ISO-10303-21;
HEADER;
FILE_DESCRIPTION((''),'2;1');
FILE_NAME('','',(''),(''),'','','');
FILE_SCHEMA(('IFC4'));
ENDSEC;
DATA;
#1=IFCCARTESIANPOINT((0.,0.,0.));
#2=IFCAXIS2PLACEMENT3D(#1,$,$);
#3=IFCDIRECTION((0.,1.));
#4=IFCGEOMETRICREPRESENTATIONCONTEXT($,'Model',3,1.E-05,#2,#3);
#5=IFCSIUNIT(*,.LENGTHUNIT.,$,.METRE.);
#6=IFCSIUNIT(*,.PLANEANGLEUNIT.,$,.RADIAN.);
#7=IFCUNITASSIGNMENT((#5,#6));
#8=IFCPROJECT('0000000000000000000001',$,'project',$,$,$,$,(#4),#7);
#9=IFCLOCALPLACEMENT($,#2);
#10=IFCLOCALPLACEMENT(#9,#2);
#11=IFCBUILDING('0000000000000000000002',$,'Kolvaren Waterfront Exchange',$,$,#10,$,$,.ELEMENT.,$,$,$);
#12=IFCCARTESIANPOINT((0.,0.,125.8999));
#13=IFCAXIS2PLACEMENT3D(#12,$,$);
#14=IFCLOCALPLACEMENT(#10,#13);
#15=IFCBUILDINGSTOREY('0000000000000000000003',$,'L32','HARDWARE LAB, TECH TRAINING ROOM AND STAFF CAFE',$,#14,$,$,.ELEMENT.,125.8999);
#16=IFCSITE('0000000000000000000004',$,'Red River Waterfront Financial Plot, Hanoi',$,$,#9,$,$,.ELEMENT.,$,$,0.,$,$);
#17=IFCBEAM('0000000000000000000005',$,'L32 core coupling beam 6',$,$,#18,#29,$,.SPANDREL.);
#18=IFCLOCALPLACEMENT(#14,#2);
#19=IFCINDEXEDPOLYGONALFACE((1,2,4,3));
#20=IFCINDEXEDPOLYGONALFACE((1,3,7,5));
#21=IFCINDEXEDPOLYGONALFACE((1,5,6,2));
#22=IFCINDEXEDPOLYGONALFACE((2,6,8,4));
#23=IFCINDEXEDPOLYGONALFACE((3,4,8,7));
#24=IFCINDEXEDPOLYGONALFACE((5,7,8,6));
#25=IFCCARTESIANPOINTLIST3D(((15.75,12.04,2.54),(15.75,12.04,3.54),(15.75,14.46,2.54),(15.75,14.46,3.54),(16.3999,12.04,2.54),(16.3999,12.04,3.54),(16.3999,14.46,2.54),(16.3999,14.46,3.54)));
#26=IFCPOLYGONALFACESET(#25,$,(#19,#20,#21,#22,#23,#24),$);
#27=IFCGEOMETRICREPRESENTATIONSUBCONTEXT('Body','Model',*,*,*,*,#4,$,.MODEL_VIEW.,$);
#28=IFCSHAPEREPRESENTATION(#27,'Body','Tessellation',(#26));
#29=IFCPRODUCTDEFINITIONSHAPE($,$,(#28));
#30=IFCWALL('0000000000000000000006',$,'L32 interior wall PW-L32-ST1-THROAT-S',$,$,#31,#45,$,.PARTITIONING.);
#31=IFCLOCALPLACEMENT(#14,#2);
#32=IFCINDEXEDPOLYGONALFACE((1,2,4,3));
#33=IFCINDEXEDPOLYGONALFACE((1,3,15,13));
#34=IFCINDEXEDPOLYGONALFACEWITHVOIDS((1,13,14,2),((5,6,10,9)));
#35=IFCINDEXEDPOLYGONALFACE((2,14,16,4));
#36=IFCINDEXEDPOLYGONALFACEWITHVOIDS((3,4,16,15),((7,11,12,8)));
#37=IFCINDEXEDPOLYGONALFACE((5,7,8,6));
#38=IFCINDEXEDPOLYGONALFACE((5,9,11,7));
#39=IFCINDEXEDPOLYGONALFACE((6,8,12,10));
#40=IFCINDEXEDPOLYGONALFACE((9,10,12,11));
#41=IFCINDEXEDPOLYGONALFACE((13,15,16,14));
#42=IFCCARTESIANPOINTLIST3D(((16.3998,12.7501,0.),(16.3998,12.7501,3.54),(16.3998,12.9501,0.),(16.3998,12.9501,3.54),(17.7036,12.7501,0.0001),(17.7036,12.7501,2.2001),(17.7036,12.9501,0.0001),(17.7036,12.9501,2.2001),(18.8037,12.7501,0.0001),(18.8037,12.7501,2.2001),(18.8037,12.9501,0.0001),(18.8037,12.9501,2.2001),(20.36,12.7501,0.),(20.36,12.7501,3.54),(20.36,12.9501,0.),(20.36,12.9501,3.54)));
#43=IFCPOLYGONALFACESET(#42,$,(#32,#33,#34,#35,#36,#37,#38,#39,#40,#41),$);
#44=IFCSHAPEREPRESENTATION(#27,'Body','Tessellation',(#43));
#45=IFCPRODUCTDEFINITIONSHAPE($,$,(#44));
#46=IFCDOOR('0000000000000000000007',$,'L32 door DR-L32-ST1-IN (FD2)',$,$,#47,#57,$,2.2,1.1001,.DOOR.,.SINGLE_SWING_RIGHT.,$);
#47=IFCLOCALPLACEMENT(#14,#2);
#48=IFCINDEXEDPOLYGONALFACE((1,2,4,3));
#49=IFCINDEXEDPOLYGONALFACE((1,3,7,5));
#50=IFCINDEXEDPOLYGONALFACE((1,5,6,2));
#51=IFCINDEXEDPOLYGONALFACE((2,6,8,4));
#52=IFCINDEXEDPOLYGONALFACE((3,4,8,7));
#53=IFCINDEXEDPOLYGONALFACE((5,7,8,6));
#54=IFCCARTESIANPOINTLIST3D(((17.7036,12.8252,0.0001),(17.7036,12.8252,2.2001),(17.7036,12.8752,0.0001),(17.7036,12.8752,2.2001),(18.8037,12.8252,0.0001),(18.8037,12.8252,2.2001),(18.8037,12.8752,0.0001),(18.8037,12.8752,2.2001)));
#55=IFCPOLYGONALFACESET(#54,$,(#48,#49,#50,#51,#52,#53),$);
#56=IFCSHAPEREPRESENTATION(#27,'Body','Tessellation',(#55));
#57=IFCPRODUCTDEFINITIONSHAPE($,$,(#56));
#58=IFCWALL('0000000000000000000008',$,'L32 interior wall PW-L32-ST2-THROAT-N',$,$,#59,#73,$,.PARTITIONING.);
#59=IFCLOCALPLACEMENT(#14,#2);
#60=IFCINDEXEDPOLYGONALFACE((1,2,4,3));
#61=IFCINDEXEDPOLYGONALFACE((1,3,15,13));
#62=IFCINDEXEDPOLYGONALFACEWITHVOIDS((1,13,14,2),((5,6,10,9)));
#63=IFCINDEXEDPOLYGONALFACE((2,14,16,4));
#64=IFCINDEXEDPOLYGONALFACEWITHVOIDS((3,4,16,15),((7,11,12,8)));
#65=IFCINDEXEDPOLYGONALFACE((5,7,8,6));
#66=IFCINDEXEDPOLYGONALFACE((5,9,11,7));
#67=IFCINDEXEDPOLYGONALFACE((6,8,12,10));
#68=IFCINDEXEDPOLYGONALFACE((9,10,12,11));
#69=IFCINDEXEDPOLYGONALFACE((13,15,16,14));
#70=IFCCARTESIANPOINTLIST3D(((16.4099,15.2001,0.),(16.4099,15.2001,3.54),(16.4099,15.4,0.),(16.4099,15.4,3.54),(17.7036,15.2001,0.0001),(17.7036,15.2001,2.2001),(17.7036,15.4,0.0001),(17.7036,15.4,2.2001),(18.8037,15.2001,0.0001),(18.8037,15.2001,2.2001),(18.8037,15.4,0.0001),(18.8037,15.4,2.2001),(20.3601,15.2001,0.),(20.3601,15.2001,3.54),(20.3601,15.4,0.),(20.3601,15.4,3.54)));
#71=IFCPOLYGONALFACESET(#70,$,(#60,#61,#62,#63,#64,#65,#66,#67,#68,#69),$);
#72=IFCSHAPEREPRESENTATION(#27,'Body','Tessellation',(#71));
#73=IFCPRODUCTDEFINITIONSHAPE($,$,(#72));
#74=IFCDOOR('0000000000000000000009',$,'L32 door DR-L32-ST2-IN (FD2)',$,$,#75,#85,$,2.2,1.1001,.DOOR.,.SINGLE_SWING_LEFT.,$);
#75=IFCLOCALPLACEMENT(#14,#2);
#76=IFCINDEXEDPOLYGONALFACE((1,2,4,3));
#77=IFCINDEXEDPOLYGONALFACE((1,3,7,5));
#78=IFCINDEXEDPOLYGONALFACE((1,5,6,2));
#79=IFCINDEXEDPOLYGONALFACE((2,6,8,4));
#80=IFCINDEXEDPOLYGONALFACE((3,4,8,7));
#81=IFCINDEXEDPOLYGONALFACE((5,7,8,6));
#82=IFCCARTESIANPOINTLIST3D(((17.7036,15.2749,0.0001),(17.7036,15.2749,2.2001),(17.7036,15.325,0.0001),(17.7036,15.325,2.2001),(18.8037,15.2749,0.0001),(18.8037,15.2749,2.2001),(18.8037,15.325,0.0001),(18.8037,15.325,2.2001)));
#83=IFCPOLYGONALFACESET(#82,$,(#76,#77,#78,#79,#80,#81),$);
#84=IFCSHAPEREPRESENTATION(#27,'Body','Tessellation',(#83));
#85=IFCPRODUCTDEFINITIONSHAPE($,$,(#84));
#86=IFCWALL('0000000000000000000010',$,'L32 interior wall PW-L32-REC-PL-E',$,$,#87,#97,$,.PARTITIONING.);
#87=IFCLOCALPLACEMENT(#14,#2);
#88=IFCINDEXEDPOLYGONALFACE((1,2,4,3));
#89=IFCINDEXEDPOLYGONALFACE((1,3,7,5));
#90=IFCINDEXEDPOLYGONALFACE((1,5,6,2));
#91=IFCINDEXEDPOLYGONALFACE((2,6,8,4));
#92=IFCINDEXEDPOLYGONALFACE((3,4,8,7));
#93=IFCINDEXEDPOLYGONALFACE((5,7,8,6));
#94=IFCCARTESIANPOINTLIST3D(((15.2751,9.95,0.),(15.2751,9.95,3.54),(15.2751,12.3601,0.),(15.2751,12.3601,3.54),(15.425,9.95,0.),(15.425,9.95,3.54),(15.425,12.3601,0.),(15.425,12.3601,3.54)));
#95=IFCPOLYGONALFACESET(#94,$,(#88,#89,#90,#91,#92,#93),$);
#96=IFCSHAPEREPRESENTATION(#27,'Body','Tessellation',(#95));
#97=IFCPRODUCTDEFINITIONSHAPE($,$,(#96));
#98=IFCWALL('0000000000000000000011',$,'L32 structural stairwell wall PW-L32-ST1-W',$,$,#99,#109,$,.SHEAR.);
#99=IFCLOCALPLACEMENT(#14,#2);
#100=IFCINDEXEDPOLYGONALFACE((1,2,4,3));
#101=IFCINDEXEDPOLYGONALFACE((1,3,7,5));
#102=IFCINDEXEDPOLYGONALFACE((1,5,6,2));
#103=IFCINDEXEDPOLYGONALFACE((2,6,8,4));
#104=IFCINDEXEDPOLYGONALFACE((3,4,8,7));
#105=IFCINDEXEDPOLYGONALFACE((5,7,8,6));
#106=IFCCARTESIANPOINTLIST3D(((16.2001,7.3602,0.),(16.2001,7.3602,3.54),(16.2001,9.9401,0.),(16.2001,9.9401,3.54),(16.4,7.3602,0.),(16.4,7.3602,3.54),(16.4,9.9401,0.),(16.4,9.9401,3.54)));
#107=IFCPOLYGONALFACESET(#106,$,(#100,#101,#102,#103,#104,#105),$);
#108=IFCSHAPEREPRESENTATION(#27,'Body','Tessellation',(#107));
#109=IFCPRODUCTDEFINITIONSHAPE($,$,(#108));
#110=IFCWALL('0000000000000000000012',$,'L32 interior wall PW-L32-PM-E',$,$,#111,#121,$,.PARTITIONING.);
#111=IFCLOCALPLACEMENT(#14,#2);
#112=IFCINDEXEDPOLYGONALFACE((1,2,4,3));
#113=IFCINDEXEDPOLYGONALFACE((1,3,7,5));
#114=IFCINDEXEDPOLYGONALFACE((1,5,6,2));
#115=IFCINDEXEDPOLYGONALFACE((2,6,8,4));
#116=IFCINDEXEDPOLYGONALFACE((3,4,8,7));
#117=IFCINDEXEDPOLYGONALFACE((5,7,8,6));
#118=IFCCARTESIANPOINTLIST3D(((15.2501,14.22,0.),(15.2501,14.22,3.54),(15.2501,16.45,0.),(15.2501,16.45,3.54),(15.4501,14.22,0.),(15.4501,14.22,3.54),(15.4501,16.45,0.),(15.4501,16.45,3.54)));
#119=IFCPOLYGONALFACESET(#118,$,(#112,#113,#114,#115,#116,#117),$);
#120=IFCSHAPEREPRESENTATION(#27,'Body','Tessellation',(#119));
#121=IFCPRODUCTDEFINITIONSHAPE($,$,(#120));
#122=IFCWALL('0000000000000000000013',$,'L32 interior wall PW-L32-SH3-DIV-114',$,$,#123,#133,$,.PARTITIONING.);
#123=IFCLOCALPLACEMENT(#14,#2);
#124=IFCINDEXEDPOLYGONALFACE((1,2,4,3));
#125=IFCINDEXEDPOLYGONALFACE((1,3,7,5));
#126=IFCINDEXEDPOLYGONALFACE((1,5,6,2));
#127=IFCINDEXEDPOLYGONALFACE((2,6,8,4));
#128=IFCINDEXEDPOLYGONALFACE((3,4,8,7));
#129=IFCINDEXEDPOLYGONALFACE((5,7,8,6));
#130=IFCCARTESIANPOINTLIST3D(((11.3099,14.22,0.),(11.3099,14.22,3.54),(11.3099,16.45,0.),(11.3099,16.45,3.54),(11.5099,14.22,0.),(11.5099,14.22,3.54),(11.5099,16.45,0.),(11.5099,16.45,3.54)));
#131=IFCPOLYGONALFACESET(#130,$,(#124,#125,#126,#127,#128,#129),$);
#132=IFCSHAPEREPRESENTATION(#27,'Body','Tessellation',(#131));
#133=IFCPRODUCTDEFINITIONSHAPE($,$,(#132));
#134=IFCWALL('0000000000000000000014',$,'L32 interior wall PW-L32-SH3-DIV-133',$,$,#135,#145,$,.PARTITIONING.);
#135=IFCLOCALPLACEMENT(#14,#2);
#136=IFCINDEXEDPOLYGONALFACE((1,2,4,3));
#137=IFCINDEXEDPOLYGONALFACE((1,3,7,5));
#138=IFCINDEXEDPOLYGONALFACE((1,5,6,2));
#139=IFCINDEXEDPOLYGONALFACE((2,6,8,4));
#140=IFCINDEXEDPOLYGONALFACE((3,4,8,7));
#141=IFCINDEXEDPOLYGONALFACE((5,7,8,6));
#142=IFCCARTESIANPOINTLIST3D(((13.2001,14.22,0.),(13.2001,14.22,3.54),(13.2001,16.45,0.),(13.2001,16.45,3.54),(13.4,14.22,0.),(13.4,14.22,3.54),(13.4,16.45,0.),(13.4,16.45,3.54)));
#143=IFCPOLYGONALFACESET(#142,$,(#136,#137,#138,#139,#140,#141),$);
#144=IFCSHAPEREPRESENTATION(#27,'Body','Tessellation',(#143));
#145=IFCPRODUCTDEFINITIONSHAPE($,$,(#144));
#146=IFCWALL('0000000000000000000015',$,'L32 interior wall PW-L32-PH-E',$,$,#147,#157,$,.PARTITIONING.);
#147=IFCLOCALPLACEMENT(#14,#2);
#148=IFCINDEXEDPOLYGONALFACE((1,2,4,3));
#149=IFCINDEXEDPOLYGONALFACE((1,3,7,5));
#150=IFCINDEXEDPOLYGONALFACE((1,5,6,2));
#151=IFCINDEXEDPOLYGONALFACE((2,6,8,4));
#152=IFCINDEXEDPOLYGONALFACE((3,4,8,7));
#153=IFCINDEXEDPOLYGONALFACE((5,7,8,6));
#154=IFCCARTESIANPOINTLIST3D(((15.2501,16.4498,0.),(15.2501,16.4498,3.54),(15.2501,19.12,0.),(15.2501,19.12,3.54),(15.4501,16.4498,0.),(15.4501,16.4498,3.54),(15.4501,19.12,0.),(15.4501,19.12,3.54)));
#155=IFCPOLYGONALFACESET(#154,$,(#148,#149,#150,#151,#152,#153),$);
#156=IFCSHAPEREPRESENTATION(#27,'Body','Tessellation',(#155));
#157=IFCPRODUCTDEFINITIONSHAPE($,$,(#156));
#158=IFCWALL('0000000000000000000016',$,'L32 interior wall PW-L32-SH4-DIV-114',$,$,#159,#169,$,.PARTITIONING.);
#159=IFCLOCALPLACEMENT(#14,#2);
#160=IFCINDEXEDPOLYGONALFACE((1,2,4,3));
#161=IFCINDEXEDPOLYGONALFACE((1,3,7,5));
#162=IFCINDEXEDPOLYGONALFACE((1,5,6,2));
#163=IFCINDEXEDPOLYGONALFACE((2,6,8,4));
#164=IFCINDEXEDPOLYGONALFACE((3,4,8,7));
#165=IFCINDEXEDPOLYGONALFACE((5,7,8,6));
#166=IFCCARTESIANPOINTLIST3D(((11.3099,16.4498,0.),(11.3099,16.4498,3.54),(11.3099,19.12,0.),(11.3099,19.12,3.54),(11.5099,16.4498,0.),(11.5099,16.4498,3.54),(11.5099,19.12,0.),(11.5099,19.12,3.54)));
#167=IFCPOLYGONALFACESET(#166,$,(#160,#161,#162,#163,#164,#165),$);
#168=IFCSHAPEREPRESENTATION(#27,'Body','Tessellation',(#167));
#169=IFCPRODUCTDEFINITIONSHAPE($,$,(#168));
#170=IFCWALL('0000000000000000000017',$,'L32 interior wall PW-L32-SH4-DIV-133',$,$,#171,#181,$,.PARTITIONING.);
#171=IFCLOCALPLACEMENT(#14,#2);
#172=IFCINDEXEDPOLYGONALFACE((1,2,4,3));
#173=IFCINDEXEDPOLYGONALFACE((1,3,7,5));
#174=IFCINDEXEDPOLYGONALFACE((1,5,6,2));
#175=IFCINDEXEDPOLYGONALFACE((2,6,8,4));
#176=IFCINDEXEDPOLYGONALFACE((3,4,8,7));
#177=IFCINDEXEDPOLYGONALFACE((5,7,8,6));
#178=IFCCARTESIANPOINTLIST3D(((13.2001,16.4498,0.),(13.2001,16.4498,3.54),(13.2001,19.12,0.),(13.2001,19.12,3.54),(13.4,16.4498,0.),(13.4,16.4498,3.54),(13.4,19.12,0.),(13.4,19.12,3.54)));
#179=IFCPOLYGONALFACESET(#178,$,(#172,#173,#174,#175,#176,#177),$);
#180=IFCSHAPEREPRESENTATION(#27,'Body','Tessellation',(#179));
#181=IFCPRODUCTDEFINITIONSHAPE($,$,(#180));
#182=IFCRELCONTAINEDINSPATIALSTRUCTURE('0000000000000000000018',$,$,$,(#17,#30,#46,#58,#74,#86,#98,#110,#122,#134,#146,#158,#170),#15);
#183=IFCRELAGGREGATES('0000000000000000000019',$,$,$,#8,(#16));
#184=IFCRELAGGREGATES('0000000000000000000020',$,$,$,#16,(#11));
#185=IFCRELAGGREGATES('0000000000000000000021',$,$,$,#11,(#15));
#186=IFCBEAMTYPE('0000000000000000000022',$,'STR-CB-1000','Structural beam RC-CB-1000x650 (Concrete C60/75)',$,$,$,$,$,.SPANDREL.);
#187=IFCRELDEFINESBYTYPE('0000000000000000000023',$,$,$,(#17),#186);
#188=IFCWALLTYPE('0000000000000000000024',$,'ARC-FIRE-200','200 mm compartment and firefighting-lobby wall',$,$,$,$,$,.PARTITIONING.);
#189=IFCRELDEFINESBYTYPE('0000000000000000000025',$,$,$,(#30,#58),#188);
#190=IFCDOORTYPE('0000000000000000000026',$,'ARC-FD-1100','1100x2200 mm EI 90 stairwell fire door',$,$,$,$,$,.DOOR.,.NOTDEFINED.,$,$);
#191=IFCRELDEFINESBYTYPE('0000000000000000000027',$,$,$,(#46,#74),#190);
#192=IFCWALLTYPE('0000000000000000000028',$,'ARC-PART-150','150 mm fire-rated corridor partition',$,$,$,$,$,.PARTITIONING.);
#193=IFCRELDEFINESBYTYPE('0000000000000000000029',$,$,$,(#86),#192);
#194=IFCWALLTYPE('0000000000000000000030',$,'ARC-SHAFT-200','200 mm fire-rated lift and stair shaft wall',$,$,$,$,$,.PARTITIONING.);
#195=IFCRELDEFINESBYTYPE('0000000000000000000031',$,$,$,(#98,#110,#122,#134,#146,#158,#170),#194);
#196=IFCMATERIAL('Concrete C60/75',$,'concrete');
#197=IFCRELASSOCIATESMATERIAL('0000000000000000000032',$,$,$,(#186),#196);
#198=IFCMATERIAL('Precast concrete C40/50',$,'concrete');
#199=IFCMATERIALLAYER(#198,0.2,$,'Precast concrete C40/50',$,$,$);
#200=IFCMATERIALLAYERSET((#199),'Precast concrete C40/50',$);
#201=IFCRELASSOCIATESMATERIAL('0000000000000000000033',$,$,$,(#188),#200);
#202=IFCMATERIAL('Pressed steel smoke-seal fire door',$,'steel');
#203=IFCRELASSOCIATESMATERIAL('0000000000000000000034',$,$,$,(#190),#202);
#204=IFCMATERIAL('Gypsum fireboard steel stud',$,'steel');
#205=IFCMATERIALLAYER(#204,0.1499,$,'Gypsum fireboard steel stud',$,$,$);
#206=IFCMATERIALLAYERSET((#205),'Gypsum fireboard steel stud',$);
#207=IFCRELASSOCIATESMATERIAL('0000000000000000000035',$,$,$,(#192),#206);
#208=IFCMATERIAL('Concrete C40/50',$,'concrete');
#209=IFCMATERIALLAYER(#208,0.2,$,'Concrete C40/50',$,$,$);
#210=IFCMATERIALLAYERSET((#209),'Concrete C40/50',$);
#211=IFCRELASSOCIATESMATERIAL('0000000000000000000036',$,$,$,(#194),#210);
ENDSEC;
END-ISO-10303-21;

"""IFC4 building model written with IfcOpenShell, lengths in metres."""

from ifc_helpers import new_model, si_unit, direction, frame, frame_2d, origin, origin_2d, place, context, subcontext, project, spatial, rectangle, extrude, material, layer, layer_set, material_profile, profile_set, type_object, element, fill, save


model = new_model("IFC4")

# Units and contexts
model_context = context("Model", 3, precision=1e-05, world=origin(), true_north=direction((0.0, 1.0)))
body_context = subcontext(model_context, "Body", "Model", "MODEL_VIEW")
ifc_project = project(units=[si_unit("LENGTHUNIT", "METRE"), si_unit("PLANEANGLEUNIT", "RADIAN")], contexts=[model_context])

# Site, building, storey
site_placement = place(None, origin())
site = spatial("IfcSite", under=ifc_project, at=site_placement, Name="Red River Waterfront Financial Plot, Hanoi", CompositionType="ELEMENT", RefElevation=0.0)
building_placement = place(site_placement, origin())
building = spatial("IfcBuilding", under=site, at=building_placement, Name="Kolvaren Waterfront Exchange", CompositionType="ELEMENT")
storey_placement = place(building_placement, frame((0.0, 0.0, 125.8999)))
storey = spatial("IfcBuildingStorey", under=building, at=storey_placement, Name="L32", Description="HARDWARE LAB, TECH TRAINING ROOM AND STAFF CAFE", CompositionType="ELEMENT", Elevation=125.8999)

# Beam
ifc_material_1 = material(Name="Concrete C60/75", Category="concrete")
ifc_material_profile = material_profile(ifc_material_1, rectangle(XDim=0.6499, YDim=1.0, at=origin_2d()), Name="RC-CB-1000x650")
ifc_profile_set = profile_set([ifc_material_profile], Name="Concrete C60/75")
beam_type = type_object("IfcBeamType", Name="STR-CB-1000", Description="Structural beam RC-CB-1000x650 (Concrete C60/75)", PredefinedType="SPANDREL", material=ifc_profile_set)
beam_placement = place(storey_placement, frame((16.075, 12.04, 3.04), z_axis=(0.0, 1.0, 0.0), x_axis=(-1.0, 0.0, 0.0)))
element("IfcBeam", 1, at=beam_placement, inside=storey, type_object=beam_type, Name="L32 core coupling beam 6", PredefinedType="SPANDREL", context=body_context, shape_type="SweptSolid", body=[
    extrude(rectangle(XDim=0.6499, YDim=1.0, at=origin_2d()), origin(), (0.0, 0.0, 1.0), 2.4199),
])

# Walls, openings, doors
ifc_material_2 = material(Name="Precast concrete C40/50", Category="concrete")
ifc_layer_1 = layer(ifc_material_2, 0.2, Name="Precast concrete C40/50")
ifc_layer_set_1 = layer_set([ifc_layer_1], Name="Precast concrete C40/50")
wall_type_1 = type_object("IfcWallType", Name="ARC-FIRE-200", Description="200 mm compartment and firefighting-lobby wall", PredefinedType="PARTITIONING", material=ifc_layer_set_1)
wall_1_placement = place(storey_placement, frame((16.3999, 12.8501, 0.0), z_axis=(0.0, 0.0, 1.0), x_axis=(1.0, 0.0, 0.0)))
wall_1 = element("IfcWall", 2, at=wall_1_placement, inside=storey, type_object=wall_type_1, Name="L32 interior wall PW-L32-ST1-THROAT-S", PredefinedType="PARTITIONING", context=body_context, shape_type="SweptSolid", body=[
    extrude(rectangle(XDim=3.9602, YDim=0.2, at=frame_2d((1.98, 0.0))), origin(), (0.0, 0.0, 1.0), 3.54),
])
opening_1_placement = place(wall_1_placement, frame((1.3037, 0.0, 0.0)))
opening_1 = element("IfcOpeningElement", 3, at=opening_1_placement, cuts=wall_1, PredefinedType="OPENING", context=body_context, shape_type="SweptSolid", body=[
    extrude(rectangle(XDim=1.1001, YDim=2.2, at=frame_2d((0.55, 1.1001))), frame((0.0, 0.1099, 0.0), z_axis=(0.0, -1.0, 0.0), x_axis=(1.0, 0.0, 0.0)), (0.0, 0.0, 1.0), 0.22),
])
ifc_material_3 = material(Name="Pressed steel smoke-seal fire door", Category="steel")
door_type = type_object("IfcDoorType", Name="ARC-FD-1100", Description="1100x2200 mm EI 90 stairwell fire door", OperationType="NOTDEFINED", PredefinedType="DOOR", material=ifc_material_3)
door_1_placement = place(opening_1_placement, frame((1.1001, 0.0, 0.0), z_axis=(0.0, 0.0, 1.0), x_axis=(-1.0, 0.0, 0.0)))
door_1 = element("IfcDoor", 4, at=door_1_placement, inside=storey, type_object=door_type, Name="L32 door DR-L32-ST1-IN (FD2)", OperationType="SINGLE_SWING_RIGHT", OverallHeight=2.2, OverallWidth=1.1001, PredefinedType="DOOR", context=body_context, shape_type="SweptSolid", body=[
    extrude(rectangle(XDim=1.1001, YDim=2.2, at=frame_2d((0.55, 1.1001))), frame((0.0, 0.0249, 0.0), z_axis=(0.0, -1.0, 0.0), x_axis=(1.0, 0.0, 0.0)), (0.0, 0.0, 1.0), 0.05),
])
fill(opening_1, door_1)
wall_2_placement = place(storey_placement, frame((16.4099, 15.3, 0.0), z_axis=(0.0, 0.0, 1.0), x_axis=(1.0, 0.0, 0.0)))
wall_2 = element("IfcWall", 5, at=wall_2_placement, inside=storey, type_object=wall_type_1, Name="L32 interior wall PW-L32-ST2-THROAT-N", PredefinedType="PARTITIONING", context=body_context, shape_type="SweptSolid", body=[
    extrude(rectangle(XDim=3.9502, YDim=0.2, at=frame_2d((1.9751, 0.0))), origin(), (0.0, 0.0, 1.0), 3.54),
])
opening_2_placement = place(wall_2_placement, frame((1.2937, 0.0, 0.0)))
opening_2 = element("IfcOpeningElement", 6, at=opening_2_placement, cuts=wall_2, PredefinedType="OPENING", context=body_context, shape_type="SweptSolid", body=[
    extrude(rectangle(XDim=1.1001, YDim=2.2, at=frame_2d((0.55, 1.1001))), frame((0.0, 0.1099, 0.0), z_axis=(0.0, -1.0, 0.0), x_axis=(1.0, 0.0, 0.0)), (0.0, 0.0, 1.0), 0.22),
])
door_2_placement = place(opening_2_placement, origin())
door_2 = element("IfcDoor", 7, at=door_2_placement, inside=storey, type_object=door_type, Name="L32 door DR-L32-ST2-IN (FD2)", OperationType="SINGLE_SWING_LEFT", OverallHeight=2.2, OverallWidth=1.1001, PredefinedType="DOOR", context=body_context, shape_type="SweptSolid", body=[
    extrude(rectangle(XDim=1.1001, YDim=2.2, at=frame_2d((0.55, 1.1001))), frame((0.0, 0.0249, 0.0), z_axis=(0.0, -1.0, 0.0), x_axis=(1.0, 0.0, 0.0)), (0.0, 0.0, 1.0), 0.05),
])
fill(opening_2, door_2)

# Walls
ifc_material_4 = material(Name="Gypsum fireboard steel stud", Category="steel")
ifc_layer_2 = layer(ifc_material_4, 0.1499, Name="Gypsum fireboard steel stud")
ifc_layer_set_2 = layer_set([ifc_layer_2], Name="Gypsum fireboard steel stud")
wall_type_2 = type_object("IfcWallType", Name="ARC-PART-150", Description="150 mm fire-rated corridor partition", PredefinedType="PARTITIONING", material=ifc_layer_set_2)
wall_3_placement = place(storey_placement, frame((15.3501, 9.95, 0.0), z_axis=(0.0, 0.0, 1.0), x_axis=(0.0, 1.0, 0.0)))
element("IfcWall", 8, at=wall_3_placement, inside=storey, type_object=wall_type_2, Name="L32 interior wall PW-L32-REC-PL-E", PredefinedType="PARTITIONING", context=body_context, shape_type="SweptSolid", body=[
    extrude(rectangle(XDim=2.4102, YDim=0.1499, at=frame_2d((1.2051, 0.0))), origin(), (0.0, 0.0, 1.0), 3.54),
])
ifc_material_5 = material(Name="Concrete C40/50", Category="concrete")
ifc_layer_3 = layer(ifc_material_5, 0.2, Name="Concrete C40/50")
ifc_layer_set_3 = layer_set([ifc_layer_3], Name="Concrete C40/50")
wall_type_3 = type_object("IfcWallType", Name="ARC-SHAFT-200", Description="200 mm fire-rated lift and stair shaft wall", PredefinedType="PARTITIONING", material=ifc_layer_set_3)
wall_4_placement = place(storey_placement, frame((16.3, 7.3601, 0.0), z_axis=(0.0, 0.0, 1.0), x_axis=(0.0, 1.0, 0.0)))
element("IfcWall", 9, at=wall_4_placement, inside=storey, type_object=wall_type_3, Name="L32 structural stairwell wall PW-L32-ST1-W", PredefinedType="SHEAR", context=body_context, shape_type="SweptSolid", body=[
    extrude(rectangle(XDim=2.5798, YDim=0.2, at=frame_2d((1.29, 0.0))), origin(), (0.0, 0.0, 1.0), 3.54),
])
for number, where, z_axis, x_axis, name in (
    (10, (15.3501, 14.22, 0.0), (0.0, 0.0, 1.0), (0.0, 1.0, 0.0), "L32 interior wall PW-L32-PM-E"),
    (11, (11.4099, 14.22, 0.0), (0.0, 0.0, 1.0), (0.0, 1.0, 0.0), "L32 interior wall PW-L32-SH3-DIV-114"),
    (12, (13.3, 14.22, 0.0), (0.0, 0.0, 1.0), (0.0, 1.0, 0.0), "L32 interior wall PW-L32-SH3-DIV-133"),
):
    element("IfcWall", number, at=place(storey_placement, frame(where, z_axis=z_axis, x_axis=x_axis)), inside=storey, type_object=wall_type_3, Name=name, PredefinedType="PARTITIONING", context=body_context, shape_type="SweptSolid", body=[
        extrude(rectangle(XDim=2.23, YDim=0.2, at=frame_2d((1.115, 0.0))), origin(), (0.0, 0.0, 1.0), 3.54),
    ])
for number, where, z_axis, x_axis, name in (
    (13, (15.3501, 16.45, 0.0), (0.0, 0.0, 1.0), (0.0, 1.0, 0.0), "L32 interior wall PW-L32-PH-E"),
    (14, (11.4099, 16.45, 0.0), (0.0, 0.0, 1.0), (0.0, 1.0, 0.0), "L32 interior wall PW-L32-SH4-DIV-114"),
    (15, (13.3, 16.45, 0.0), (0.0, 0.0, 1.0), (0.0, 1.0, 0.0), "L32 interior wall PW-L32-SH4-DIV-133"),
):
    element("IfcWall", number, at=place(storey_placement, frame(where, z_axis=z_axis, x_axis=x_axis)), inside=storey, type_object=wall_type_3, Name=name, PredefinedType="PARTITIONING", context=body_context, shape_type="SweptSolid", body=[
        extrude(rectangle(XDim=2.6702, YDim=0.2, at=frame_2d((1.335, 0.0))), origin(), (0.0, 0.0, 1.0), 3.54),
    ])

save(model, "model.ifc")
